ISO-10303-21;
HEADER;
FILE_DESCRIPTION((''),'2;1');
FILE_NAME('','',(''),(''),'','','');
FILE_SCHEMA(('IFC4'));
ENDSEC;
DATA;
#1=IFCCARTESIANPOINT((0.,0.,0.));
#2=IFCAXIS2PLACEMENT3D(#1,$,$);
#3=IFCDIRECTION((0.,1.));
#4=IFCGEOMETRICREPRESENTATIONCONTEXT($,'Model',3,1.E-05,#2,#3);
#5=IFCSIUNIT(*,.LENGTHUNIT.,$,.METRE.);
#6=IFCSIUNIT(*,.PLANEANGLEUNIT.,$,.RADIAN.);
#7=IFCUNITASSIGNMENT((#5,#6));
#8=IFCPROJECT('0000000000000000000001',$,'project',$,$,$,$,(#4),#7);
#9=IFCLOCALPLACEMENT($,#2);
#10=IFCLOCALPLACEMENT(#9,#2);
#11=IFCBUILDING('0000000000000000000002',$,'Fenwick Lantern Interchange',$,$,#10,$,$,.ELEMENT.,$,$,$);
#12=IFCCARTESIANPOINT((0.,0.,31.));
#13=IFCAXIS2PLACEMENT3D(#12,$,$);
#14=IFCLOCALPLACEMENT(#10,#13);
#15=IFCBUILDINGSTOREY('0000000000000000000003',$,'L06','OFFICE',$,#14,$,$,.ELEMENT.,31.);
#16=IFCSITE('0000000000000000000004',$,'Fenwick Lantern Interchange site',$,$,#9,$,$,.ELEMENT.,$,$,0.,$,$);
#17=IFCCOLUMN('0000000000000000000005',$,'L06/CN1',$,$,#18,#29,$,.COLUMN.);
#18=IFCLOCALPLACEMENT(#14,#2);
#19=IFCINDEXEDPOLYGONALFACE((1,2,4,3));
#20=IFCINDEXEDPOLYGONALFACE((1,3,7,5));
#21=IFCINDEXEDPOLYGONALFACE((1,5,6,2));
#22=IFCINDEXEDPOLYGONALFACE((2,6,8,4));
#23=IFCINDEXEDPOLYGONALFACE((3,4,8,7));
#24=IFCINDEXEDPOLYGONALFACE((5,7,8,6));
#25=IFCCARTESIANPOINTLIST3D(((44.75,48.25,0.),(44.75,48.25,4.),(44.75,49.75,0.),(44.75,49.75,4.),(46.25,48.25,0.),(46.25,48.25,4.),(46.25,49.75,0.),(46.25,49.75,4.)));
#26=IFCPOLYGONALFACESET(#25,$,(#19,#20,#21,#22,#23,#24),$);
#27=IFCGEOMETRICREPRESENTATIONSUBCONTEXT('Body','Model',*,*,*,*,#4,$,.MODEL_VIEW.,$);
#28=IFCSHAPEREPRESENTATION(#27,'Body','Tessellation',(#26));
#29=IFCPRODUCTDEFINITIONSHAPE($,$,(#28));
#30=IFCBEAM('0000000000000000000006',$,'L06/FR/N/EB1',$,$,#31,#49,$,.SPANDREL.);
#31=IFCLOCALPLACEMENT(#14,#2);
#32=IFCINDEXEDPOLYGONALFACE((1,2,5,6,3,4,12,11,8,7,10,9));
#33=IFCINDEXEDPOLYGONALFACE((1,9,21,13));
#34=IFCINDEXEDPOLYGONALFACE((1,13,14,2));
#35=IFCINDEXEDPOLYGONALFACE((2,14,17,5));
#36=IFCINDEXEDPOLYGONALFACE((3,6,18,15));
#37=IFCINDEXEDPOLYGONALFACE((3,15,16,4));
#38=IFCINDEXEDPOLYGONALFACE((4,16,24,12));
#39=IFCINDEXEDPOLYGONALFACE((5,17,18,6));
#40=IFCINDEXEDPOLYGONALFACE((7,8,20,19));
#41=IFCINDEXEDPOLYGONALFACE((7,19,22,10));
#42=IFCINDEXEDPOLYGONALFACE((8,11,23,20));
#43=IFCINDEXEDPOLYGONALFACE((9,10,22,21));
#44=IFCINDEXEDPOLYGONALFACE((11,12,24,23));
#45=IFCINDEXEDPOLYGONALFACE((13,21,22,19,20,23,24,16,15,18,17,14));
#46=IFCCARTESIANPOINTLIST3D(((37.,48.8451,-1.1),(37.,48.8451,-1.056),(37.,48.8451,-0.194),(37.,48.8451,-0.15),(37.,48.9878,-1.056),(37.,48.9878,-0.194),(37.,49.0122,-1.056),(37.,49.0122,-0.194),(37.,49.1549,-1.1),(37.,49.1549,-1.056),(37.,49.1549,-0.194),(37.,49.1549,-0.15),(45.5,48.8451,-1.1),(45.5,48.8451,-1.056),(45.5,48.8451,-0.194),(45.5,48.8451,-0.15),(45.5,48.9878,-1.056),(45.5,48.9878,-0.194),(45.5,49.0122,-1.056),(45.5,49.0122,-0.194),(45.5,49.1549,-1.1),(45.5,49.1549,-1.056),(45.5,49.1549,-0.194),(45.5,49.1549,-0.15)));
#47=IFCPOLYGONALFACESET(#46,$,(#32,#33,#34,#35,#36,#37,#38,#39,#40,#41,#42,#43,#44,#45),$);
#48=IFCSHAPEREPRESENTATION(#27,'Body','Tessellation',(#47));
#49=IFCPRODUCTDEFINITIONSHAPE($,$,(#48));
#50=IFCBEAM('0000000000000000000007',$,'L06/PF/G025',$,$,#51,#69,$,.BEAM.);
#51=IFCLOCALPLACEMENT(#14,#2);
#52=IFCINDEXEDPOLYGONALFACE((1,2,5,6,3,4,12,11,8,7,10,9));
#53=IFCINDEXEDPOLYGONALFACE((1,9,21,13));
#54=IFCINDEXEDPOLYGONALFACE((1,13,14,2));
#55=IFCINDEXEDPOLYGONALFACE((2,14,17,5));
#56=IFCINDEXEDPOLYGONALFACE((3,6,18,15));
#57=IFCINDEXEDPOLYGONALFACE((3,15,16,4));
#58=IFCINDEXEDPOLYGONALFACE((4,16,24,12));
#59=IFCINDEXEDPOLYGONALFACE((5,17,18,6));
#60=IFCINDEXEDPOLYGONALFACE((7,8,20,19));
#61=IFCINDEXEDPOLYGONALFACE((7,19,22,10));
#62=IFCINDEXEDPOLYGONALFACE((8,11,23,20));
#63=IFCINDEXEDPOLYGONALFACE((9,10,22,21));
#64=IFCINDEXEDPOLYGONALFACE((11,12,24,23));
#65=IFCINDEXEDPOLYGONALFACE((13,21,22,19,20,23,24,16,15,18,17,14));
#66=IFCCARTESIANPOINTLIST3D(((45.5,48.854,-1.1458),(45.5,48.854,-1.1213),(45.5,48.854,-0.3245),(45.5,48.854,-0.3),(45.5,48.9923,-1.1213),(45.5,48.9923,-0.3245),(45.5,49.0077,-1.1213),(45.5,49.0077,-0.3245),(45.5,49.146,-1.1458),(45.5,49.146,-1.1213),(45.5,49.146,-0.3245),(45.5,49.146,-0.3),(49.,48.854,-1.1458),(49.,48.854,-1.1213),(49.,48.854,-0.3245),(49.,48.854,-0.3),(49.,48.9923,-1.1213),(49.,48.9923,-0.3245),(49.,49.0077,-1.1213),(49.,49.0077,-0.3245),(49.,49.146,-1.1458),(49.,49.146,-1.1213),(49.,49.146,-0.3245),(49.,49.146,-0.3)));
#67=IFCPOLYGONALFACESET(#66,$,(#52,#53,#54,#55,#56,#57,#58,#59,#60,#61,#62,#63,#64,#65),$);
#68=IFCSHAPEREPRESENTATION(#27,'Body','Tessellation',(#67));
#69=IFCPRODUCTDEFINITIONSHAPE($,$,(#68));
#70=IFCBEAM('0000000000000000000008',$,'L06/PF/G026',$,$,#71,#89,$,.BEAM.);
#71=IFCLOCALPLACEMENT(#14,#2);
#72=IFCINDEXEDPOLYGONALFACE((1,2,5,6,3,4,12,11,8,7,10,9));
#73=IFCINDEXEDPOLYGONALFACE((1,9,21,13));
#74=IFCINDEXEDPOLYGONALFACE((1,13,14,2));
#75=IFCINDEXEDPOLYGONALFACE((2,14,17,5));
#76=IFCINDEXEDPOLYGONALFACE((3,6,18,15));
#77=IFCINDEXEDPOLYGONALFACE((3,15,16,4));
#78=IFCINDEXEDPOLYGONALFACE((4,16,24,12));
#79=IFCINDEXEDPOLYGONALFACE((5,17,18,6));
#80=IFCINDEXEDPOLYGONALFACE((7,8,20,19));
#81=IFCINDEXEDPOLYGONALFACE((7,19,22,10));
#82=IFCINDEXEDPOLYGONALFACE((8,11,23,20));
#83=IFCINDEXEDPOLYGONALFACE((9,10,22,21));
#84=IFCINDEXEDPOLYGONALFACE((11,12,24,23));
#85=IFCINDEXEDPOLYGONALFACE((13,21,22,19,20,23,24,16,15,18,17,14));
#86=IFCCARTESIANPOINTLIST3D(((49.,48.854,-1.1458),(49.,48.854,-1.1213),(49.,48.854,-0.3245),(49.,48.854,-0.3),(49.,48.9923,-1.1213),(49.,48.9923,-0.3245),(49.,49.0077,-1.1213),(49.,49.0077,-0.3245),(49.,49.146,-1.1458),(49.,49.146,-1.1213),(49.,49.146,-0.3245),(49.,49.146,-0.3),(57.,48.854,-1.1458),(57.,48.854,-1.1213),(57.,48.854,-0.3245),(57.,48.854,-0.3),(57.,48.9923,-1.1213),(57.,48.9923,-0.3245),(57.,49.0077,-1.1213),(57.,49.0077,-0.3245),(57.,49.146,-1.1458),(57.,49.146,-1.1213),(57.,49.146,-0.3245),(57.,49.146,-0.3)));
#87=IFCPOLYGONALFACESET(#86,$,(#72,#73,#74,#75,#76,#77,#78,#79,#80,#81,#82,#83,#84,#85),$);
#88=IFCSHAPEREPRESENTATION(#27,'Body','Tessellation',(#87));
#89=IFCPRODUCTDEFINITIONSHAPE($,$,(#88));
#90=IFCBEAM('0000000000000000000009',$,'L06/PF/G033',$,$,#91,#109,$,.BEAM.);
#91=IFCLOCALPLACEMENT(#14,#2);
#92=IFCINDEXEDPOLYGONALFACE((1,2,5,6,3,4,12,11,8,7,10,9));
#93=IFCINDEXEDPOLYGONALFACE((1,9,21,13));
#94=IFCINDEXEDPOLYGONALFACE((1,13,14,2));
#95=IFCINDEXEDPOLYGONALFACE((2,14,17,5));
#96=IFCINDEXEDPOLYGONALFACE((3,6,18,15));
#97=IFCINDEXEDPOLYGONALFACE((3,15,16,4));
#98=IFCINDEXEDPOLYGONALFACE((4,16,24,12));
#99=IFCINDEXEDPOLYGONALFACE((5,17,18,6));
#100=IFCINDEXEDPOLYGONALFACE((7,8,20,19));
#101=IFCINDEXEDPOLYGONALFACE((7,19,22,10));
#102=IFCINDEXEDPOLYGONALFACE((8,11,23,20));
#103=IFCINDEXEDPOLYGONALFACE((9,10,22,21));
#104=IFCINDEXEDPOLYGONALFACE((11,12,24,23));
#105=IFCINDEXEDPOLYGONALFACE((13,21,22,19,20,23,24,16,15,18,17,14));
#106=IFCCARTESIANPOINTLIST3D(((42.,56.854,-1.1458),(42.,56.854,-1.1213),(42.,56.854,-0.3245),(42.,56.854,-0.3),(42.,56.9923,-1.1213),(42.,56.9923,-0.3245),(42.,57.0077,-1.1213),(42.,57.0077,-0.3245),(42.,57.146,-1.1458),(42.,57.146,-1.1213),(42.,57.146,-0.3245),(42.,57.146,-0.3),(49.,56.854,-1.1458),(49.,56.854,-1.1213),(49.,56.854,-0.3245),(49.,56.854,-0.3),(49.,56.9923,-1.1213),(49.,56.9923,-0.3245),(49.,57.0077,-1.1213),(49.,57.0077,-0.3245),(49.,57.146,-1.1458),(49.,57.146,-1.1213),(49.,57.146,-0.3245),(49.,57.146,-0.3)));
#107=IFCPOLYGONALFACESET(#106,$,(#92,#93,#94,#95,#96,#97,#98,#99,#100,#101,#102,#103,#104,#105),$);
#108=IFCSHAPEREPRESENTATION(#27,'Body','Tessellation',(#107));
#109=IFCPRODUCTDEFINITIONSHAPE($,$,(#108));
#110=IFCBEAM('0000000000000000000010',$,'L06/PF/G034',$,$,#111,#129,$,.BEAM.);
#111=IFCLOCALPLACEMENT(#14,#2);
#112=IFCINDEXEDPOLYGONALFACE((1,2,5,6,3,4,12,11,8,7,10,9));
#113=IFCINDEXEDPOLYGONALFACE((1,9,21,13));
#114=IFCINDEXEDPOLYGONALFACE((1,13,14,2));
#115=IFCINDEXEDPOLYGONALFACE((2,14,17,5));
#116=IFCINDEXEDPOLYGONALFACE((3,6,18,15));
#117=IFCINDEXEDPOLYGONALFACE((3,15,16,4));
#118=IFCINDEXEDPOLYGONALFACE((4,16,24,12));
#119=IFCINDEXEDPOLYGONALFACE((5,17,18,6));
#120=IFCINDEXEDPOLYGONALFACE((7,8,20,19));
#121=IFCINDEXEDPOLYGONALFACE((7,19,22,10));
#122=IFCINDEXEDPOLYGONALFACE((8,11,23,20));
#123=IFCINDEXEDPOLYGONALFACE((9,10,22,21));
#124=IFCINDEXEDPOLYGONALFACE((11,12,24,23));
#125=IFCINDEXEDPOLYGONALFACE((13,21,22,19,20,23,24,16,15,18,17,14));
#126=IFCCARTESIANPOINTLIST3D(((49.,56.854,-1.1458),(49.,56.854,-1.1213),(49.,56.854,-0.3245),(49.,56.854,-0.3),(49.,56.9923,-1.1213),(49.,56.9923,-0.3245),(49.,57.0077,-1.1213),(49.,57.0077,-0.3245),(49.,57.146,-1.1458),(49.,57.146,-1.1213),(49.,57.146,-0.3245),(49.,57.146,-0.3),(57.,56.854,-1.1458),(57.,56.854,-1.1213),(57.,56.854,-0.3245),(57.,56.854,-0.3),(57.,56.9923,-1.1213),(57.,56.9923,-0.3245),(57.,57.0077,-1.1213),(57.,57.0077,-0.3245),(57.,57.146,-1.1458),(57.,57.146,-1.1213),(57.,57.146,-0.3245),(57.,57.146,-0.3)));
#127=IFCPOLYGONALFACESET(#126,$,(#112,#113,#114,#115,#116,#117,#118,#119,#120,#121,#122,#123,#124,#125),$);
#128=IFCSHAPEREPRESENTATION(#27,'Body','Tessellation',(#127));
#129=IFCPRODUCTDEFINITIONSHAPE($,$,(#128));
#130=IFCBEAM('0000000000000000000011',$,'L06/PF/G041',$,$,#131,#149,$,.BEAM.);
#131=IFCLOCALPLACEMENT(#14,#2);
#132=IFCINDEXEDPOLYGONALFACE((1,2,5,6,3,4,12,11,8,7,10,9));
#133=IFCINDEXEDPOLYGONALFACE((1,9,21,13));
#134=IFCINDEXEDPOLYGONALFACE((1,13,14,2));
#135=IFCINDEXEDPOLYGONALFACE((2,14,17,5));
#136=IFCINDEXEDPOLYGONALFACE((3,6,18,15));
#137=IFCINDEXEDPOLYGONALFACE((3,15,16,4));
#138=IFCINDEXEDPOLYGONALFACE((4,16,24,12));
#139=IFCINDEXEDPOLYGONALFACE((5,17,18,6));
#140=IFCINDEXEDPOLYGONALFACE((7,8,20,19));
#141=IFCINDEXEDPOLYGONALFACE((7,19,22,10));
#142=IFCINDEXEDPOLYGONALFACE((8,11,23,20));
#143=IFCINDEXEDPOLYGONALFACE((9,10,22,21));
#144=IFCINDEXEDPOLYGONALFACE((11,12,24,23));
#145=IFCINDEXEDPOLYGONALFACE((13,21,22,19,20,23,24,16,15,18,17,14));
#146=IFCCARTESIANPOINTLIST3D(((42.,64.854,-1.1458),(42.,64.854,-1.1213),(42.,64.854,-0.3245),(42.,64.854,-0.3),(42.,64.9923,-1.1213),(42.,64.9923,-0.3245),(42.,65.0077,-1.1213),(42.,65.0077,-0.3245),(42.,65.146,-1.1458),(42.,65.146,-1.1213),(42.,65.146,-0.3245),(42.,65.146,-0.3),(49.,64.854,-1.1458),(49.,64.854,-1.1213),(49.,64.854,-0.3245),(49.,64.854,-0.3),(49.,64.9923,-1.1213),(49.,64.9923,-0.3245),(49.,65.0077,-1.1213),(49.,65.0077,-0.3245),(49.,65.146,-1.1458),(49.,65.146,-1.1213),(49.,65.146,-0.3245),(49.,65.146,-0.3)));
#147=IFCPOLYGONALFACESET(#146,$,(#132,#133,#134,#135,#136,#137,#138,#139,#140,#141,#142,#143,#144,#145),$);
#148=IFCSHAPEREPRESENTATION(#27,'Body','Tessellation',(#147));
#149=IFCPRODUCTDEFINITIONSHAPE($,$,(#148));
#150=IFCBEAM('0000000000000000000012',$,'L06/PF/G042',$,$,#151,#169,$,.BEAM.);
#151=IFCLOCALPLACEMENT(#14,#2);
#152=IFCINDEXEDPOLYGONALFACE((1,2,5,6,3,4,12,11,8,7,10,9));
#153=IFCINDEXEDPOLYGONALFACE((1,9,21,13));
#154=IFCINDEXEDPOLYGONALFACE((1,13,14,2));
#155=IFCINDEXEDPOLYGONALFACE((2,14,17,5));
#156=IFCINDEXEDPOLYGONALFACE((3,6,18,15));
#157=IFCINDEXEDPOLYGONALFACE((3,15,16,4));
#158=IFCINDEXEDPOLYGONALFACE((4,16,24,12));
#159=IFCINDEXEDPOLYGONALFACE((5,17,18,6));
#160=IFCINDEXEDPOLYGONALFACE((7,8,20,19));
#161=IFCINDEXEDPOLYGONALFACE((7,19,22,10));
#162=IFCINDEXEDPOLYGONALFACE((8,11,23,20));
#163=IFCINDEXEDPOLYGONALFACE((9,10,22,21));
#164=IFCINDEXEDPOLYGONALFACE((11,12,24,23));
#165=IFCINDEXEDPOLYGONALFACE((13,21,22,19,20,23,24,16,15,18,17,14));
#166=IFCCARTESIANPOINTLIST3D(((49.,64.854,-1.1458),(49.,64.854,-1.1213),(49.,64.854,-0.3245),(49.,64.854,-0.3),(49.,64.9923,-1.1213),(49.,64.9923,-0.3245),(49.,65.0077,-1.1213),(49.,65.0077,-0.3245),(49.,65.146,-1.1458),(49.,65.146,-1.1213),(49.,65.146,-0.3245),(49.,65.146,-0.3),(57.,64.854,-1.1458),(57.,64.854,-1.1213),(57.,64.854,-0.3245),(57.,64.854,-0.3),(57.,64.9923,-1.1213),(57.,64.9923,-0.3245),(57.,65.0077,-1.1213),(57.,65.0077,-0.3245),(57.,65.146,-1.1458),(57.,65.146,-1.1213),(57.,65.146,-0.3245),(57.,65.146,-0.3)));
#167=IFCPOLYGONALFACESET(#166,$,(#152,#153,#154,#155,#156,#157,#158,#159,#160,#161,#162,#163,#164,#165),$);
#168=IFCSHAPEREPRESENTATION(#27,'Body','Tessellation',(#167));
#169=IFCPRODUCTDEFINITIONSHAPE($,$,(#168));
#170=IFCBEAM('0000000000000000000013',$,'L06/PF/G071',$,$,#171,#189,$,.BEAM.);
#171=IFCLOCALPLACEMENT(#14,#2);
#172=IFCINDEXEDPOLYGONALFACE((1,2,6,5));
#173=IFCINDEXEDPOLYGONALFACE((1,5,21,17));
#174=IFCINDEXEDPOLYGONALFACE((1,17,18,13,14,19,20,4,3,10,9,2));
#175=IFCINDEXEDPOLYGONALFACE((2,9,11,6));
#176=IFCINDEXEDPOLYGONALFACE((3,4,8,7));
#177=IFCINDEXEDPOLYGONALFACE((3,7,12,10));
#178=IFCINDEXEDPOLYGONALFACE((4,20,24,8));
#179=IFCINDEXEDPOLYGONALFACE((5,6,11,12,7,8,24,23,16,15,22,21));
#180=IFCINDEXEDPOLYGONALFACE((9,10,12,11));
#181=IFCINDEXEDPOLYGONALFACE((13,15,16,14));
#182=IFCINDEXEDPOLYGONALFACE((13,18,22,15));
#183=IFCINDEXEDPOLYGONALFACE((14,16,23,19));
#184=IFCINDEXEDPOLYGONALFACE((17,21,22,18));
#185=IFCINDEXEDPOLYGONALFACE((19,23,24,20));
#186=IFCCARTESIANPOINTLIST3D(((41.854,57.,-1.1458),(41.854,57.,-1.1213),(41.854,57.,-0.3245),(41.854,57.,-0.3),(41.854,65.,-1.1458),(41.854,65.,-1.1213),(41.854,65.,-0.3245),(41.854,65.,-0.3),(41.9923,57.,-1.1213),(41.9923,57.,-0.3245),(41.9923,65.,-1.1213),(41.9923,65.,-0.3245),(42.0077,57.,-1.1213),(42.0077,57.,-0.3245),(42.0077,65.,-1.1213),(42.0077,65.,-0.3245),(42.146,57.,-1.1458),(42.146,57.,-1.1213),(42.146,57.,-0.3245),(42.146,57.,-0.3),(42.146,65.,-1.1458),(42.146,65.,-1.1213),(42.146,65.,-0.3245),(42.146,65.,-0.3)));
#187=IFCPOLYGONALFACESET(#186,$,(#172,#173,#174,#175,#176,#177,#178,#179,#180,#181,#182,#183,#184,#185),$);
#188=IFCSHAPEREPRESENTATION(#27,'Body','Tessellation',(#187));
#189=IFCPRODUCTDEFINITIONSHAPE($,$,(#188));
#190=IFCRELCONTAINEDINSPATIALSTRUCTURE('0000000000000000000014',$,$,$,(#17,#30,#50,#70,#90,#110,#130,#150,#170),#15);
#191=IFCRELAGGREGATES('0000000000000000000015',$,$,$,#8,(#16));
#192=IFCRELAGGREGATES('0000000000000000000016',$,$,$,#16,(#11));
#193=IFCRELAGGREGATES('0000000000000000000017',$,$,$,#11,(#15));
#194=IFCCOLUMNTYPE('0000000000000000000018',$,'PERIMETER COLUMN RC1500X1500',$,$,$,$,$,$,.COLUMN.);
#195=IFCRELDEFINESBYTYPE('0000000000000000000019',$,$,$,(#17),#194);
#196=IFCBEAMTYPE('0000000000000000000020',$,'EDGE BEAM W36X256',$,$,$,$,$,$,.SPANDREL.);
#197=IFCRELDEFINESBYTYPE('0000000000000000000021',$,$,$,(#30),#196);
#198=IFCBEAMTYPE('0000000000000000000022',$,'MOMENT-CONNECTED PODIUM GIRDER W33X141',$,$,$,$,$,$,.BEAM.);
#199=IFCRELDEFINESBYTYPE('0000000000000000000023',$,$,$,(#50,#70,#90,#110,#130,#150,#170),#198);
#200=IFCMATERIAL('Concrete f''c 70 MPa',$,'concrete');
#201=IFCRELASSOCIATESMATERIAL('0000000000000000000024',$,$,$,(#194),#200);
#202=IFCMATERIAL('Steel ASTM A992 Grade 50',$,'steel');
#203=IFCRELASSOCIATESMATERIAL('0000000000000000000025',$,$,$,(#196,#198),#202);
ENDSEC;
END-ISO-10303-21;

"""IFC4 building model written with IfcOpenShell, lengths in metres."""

from ifc_helpers import new_model, si_unit, direction, frame, origin, origin_2d, place, context, subcontext, project, spatial, rectangle, i_section, extrude, material, material_profile, profile_set, type_object, element, save


model = new_model("IFC4")

# Units and contexts
model_context = context("Model", 3, precision=1e-05, world=origin(), true_north=direction((0.0, 1.0)))
body_context = subcontext(model_context, "Body", "Model", "MODEL_VIEW")
ifc_project = project(units=[si_unit("LENGTHUNIT", "METRE"), si_unit("PLANEANGLEUNIT", "RADIAN")], contexts=[model_context])

# Site, building, storey
site_placement = place(None, origin())
site = spatial("IfcSite", under=ifc_project, at=site_placement, Name="Fenwick Lantern Interchange site", CompositionType="ELEMENT", RefElevation=0.0)
building_placement = place(site_placement, origin())
building = spatial("IfcBuilding", under=site, at=building_placement, Name="Fenwick Lantern Interchange", CompositionType="ELEMENT")
storey_placement = place(building_placement, frame((0.0, 0.0, 31.0)))
storey = spatial("IfcBuildingStorey", under=building, at=storey_placement, Name="L06", Description="OFFICE", CompositionType="ELEMENT", Elevation=31.0)

# Column
ifc_material_1 = material(Name="Concrete f'c 70 MPa", Category="concrete")
ifc_material_profile_1 = material_profile(ifc_material_1, rectangle(XDim=1.5, YDim=1.5, at=origin_2d()), Name="RC1500X1500")
ifc_profile_set_1 = profile_set([ifc_material_profile_1], Name="Concrete f'c 70 MPa")
column_type = type_object("IfcColumnType", Name="PERIMETER COLUMN RC1500X1500", PredefinedType="COLUMN", material=ifc_profile_set_1)
column_placement = place(storey_placement, frame((45.5, 49.0, 0.0), z_axis=(0.0, 0.0, 1.0), x_axis=(1.0, 0.0, 0.0)))
element("IfcColumn", 1, at=column_placement, inside=storey, type_object=column_type, Name="L06/CN1", PredefinedType="COLUMN", context=body_context, shape_type="SweptSolid", body=[
    extrude(rectangle(XDim=1.5, YDim=1.5, at=origin_2d()), origin(), (0.0, 0.0, 1.0), 4.0),
])

# Beams
ifc_material_2 = material(Name="Steel ASTM A992 Grade 50", Category="steel")
ifc_material_profile_2 = material_profile(ifc_material_2, i_section(OverallWidth=0.3098, OverallDepth=0.95, WebThickness=0.0244, FlangeThickness=0.0439, at=origin_2d()), Name="W36X256")
ifc_profile_set_2 = profile_set([ifc_material_profile_2], Name="Steel ASTM A992 Grade 50")
beam_type_1 = type_object("IfcBeamType", Name="EDGE BEAM W36X256", PredefinedType="SPANDREL", material=ifc_profile_set_2)
beam_1_placement = place(storey_placement, frame((45.5, 49.0, -0.625), z_axis=(-1.0, 0.0, 0.0), x_axis=(0.0, -1.0, 0.0)))
element("IfcBeam", 2, at=beam_1_placement, inside=storey, type_object=beam_type_1, Name="L06/FR/N/EB1", PredefinedType="SPANDREL", context=body_context, shape_type="SweptSolid", body=[
    extrude(i_section(OverallWidth=0.3098, OverallDepth=0.95, WebThickness=0.0244, FlangeThickness=0.0439, at=origin_2d()), origin(), (0.0, 0.0, 1.0), 8.5),
])
ifc_material_profile_3 = material_profile(ifc_material_2, i_section(OverallWidth=0.292, OverallDepth=0.8457, WebThickness=0.0154, FlangeThickness=0.0244, at=origin_2d()), Name="W33X141")
ifc_profile_set_3 = profile_set([ifc_material_profile_3], Name="Steel ASTM A992 Grade 50")
beam_type_2 = type_object("IfcBeamType", Name="MOMENT-CONNECTED PODIUM GIRDER W33X141", PredefinedType="BEAM", material=ifc_profile_set_3)
beam_2_placement = place(storey_placement, frame((45.5, 49.0, -0.7229), z_axis=(1.0, 0.0, 0.0), x_axis=(0.0, 1.0, 0.0)))
element("IfcBeam", 3, at=beam_2_placement, inside=storey, type_object=beam_type_2, Name="L06/PF/G025", PredefinedType="BEAM", context=body_context, shape_type="SweptSolid", body=[
    extrude(i_section(OverallWidth=0.292, OverallDepth=0.8457, WebThickness=0.0154, FlangeThickness=0.0244, at=origin_2d()), origin(), (0.0, 0.0, 1.0), 3.5),
])
beam_3_placement = place(storey_placement, frame((49.0, 49.0, -0.7229), z_axis=(1.0, 0.0, 0.0), x_axis=(0.0, 1.0, 0.0)))
element("IfcBeam", 4, at=beam_3_placement, inside=storey, type_object=beam_type_2, Name="L06/PF/G026", PredefinedType="BEAM", context=body_context, shape_type="SweptSolid", body=[
    extrude(i_section(OverallWidth=0.292, OverallDepth=0.8457, WebThickness=0.0154, FlangeThickness=0.0244, at=origin_2d()), origin(), (0.0, 0.0, 1.0), 8.0),
])
beam_4_placement = place(storey_placement, frame((42.0, 57.0, -0.7229), z_axis=(1.0, 0.0, 0.0), x_axis=(0.0, 1.0, 0.0)))
element("IfcBeam", 5, at=beam_4_placement, inside=storey, type_object=beam_type_2, Name="L06/PF/G033", PredefinedType="BEAM", context=body_context, shape_type="SweptSolid", body=[
    extrude(i_section(OverallWidth=0.292, OverallDepth=0.8457, WebThickness=0.0154, FlangeThickness=0.0244, at=origin_2d()), origin(), (0.0, 0.0, 1.0), 7.0),
])
beam_5_placement = place(storey_placement, frame((49.0, 57.0, -0.7229), z_axis=(1.0, 0.0, 0.0), x_axis=(0.0, 1.0, 0.0)))
element("IfcBeam", 6, at=beam_5_placement, inside=storey, type_object=beam_type_2, Name="L06/PF/G034", PredefinedType="BEAM", context=body_context, shape_type="SweptSolid", body=[
    extrude(i_section(OverallWidth=0.292, OverallDepth=0.8457, WebThickness=0.0154, FlangeThickness=0.0244, at=origin_2d()), origin(), (0.0, 0.0, 1.0), 8.0),
])
beam_6_placement = place(storey_placement, frame((42.0, 65.0, -0.7229), z_axis=(1.0, 0.0, 0.0), x_axis=(0.0, 1.0, 0.0)))
element("IfcBeam", 7, at=beam_6_placement, inside=storey, type_object=beam_type_2, Name="L06/PF/G041", PredefinedType="BEAM", context=body_context, shape_type="SweptSolid", body=[
    extrude(i_section(OverallWidth=0.292, OverallDepth=0.8457, WebThickness=0.0154, FlangeThickness=0.0244, at=origin_2d()), origin(), (0.0, 0.0, 1.0), 7.0),
])
for number, where, z_axis, x_axis, name in (
    (8, (49.0, 65.0, -0.7229), (1.0, 0.0, 0.0), (0.0, 1.0, 0.0), "L06/PF/G042"),
    (9, (42.0, 57.0, -0.7229), (0.0, 1.0, 0.0), (-1.0, 0.0, 0.0), "L06/PF/G071"),
):
    element("IfcBeam", number, at=place(storey_placement, frame(where, z_axis=z_axis, x_axis=x_axis)), inside=storey, type_object=beam_type_2, Name=name, PredefinedType="BEAM", context=body_context, shape_type="SweptSolid", body=[
        extrude(i_section(OverallWidth=0.292, OverallDepth=0.8457, WebThickness=0.0154, FlangeThickness=0.0244, at=origin_2d()), origin(), (0.0, 0.0, 1.0), 8.0),
    ])

save(model, "model.ifc")
